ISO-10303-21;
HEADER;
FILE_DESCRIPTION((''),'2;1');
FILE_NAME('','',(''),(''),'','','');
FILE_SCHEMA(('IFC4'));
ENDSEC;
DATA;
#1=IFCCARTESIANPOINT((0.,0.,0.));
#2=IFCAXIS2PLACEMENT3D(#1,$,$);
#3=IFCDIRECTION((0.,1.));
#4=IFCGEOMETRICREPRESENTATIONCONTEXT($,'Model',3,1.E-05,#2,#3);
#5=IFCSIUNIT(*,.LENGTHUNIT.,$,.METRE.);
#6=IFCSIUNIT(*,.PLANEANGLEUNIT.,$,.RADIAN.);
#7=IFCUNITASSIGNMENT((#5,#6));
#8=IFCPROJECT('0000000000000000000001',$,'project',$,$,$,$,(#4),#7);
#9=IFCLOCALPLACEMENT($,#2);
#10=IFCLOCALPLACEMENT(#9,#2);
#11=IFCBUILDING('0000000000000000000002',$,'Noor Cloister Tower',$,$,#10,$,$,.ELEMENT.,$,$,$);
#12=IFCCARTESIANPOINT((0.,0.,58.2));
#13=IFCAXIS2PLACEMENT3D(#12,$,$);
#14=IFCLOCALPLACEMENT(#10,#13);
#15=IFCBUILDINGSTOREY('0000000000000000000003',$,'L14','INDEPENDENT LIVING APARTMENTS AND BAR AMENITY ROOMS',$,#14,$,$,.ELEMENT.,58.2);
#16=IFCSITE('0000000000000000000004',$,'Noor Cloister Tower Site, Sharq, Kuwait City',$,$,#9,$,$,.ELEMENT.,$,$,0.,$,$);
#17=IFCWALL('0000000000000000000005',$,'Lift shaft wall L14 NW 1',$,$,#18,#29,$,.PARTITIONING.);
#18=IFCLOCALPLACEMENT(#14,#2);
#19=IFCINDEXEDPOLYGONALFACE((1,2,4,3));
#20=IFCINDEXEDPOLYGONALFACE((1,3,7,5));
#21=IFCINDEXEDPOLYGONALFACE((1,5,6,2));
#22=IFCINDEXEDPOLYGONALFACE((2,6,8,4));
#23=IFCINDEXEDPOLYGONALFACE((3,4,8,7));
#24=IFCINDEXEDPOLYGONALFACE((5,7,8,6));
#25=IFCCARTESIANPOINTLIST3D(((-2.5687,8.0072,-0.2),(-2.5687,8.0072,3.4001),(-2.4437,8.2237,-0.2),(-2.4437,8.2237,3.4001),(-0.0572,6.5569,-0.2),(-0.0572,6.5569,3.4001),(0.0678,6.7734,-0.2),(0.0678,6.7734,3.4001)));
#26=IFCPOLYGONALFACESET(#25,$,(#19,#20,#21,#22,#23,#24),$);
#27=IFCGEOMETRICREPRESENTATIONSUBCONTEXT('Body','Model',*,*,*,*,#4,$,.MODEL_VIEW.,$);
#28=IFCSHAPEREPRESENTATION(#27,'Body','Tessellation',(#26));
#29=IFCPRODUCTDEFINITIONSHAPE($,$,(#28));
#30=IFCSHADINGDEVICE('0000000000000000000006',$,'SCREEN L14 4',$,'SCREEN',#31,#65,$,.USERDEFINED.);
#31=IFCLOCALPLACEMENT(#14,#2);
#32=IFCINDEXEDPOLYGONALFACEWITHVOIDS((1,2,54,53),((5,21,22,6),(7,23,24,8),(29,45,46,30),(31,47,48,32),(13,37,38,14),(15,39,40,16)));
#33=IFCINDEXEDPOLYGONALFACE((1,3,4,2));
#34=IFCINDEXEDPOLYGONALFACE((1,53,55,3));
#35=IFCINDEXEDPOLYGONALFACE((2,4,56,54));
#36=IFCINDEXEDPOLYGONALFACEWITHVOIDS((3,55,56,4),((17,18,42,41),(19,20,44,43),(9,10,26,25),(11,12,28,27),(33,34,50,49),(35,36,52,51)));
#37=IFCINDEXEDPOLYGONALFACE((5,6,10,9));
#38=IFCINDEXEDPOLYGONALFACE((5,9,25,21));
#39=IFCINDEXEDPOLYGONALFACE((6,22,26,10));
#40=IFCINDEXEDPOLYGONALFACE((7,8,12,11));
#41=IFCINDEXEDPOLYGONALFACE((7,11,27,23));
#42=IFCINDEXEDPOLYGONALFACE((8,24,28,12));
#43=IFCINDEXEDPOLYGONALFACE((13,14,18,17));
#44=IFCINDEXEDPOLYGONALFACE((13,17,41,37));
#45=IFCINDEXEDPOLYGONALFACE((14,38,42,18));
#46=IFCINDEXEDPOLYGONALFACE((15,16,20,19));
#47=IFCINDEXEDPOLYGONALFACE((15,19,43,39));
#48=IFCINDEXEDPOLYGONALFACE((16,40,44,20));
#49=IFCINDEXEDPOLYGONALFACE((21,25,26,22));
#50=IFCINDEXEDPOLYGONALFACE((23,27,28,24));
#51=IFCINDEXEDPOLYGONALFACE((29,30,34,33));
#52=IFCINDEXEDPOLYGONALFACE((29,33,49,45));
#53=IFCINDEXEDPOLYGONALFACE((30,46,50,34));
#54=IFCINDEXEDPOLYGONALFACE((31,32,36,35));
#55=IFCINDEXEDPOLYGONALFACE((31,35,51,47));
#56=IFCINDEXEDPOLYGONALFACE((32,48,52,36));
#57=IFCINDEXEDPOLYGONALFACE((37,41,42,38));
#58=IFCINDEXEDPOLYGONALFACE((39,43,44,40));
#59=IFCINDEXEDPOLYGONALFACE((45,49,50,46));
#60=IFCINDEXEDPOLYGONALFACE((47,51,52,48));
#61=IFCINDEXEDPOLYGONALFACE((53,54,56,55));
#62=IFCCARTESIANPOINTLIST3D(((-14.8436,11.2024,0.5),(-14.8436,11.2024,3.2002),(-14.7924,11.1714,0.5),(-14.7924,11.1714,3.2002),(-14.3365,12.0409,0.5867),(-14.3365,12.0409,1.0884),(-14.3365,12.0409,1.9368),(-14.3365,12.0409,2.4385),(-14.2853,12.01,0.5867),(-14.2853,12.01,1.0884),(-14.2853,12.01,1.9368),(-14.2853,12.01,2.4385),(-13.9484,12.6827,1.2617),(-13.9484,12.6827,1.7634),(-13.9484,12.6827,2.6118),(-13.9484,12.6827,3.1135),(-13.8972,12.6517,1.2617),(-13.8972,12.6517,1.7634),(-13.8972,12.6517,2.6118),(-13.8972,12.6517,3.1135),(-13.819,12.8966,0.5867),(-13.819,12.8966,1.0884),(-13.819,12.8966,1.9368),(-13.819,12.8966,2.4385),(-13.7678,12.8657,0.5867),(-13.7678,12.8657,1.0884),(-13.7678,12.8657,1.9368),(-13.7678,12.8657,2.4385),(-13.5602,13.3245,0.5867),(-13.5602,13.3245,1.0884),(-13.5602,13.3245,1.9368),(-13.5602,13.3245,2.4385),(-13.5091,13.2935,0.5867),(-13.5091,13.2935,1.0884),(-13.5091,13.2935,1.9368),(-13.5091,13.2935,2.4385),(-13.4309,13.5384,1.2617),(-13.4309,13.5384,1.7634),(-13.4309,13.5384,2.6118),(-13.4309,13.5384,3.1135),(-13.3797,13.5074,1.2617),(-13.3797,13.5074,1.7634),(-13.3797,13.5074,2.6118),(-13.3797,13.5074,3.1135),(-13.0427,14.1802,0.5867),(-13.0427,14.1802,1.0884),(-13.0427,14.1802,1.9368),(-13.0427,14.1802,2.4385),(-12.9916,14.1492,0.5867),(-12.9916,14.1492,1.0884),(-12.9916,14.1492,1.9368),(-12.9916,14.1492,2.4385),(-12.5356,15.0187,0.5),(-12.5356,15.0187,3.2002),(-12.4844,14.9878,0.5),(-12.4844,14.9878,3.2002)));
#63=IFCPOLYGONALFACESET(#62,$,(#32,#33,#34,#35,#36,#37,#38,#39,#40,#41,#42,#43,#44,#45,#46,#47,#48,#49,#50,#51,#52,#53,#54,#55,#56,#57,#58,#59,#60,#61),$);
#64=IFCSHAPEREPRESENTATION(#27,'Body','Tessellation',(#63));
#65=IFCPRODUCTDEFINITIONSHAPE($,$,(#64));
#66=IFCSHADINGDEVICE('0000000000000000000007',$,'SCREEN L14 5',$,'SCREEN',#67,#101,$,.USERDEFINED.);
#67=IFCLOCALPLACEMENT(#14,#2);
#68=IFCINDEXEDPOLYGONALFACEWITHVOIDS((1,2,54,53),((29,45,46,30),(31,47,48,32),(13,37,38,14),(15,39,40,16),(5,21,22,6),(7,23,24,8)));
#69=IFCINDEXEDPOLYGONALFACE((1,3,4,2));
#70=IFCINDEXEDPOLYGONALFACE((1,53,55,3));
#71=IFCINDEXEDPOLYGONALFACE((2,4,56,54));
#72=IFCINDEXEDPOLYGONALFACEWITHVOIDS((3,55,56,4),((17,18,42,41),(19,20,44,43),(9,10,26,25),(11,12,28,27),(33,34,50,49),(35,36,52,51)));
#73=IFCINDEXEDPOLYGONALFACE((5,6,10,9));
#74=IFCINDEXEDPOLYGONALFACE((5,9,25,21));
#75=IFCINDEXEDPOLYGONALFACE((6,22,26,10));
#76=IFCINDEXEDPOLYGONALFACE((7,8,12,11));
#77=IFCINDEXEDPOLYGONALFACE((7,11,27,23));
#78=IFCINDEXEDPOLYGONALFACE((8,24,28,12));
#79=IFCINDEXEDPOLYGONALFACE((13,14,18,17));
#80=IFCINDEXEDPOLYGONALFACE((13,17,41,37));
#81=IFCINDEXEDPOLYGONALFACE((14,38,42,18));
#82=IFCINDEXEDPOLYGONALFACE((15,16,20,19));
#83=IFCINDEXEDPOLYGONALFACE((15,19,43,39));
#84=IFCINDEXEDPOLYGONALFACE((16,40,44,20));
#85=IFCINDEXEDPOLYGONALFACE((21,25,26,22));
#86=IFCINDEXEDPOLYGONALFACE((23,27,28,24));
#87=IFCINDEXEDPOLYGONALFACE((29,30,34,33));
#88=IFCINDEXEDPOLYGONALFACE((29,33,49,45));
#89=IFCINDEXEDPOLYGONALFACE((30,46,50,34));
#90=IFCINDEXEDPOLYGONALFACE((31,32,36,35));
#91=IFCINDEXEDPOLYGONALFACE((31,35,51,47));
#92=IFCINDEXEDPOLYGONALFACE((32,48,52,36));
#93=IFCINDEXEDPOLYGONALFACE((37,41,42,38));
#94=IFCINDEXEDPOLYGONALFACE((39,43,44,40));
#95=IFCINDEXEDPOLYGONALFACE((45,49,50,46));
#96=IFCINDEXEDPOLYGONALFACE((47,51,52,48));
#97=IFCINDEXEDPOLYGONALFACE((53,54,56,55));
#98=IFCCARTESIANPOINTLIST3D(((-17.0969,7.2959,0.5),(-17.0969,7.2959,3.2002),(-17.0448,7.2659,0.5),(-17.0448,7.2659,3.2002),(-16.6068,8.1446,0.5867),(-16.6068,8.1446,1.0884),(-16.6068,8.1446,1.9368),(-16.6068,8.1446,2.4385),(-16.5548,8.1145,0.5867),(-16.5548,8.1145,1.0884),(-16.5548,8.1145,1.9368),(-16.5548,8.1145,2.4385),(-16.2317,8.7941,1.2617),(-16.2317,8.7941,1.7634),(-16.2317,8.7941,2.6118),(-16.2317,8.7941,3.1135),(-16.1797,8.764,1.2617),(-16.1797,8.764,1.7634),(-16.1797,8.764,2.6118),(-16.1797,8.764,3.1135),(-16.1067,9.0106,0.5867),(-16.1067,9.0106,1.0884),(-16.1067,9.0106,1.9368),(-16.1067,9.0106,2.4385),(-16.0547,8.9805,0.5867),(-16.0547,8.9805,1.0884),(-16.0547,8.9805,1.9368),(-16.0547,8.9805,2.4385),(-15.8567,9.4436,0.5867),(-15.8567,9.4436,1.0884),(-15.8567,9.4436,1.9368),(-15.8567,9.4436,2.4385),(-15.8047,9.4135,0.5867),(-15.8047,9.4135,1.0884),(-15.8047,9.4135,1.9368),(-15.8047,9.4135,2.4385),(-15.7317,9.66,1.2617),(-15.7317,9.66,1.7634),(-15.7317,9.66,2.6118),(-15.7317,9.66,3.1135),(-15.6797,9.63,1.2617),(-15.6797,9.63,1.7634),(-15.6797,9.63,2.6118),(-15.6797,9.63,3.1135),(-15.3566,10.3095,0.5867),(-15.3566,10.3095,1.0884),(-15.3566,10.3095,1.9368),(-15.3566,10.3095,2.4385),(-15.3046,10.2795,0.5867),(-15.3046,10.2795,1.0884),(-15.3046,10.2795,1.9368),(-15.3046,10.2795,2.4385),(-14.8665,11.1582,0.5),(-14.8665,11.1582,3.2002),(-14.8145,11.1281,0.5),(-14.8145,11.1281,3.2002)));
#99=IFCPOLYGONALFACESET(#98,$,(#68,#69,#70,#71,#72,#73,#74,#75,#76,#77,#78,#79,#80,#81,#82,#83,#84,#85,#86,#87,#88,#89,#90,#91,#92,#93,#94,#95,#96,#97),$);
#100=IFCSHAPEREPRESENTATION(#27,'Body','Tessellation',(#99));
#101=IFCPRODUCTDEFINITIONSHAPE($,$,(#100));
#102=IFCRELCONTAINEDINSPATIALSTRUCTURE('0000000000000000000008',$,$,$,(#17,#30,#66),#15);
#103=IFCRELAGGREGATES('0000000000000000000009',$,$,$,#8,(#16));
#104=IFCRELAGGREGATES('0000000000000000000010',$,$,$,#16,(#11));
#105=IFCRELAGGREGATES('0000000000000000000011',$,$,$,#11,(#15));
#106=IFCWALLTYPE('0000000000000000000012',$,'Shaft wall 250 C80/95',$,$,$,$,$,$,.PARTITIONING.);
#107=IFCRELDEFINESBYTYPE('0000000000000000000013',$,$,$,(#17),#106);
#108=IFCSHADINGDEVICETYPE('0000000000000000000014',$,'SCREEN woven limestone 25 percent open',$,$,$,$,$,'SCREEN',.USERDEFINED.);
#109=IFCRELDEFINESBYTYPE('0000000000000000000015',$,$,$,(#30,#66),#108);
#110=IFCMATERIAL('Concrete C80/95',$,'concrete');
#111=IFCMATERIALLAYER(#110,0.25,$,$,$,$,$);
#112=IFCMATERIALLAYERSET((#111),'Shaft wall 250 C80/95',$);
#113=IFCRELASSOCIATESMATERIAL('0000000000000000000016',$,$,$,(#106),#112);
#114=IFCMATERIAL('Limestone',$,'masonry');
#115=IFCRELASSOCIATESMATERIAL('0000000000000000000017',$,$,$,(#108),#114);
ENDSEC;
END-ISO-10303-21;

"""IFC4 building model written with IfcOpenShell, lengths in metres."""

from ifc_helpers import new_model, si_unit, direction, frame, frame_2d, origin, place, context, subcontext, project, spatial, polyline, rectangle, outline, extrude, material, layer, layer_set, material_profile, profile_set, type_object, element, save


model = new_model("IFC4")

# Units and contexts
model_context = context("Model", 3, precision=1e-05, world=origin(), true_north=direction((0.0, 1.0)))
body_context = subcontext(model_context, "Body", "Model", "MODEL_VIEW")
ifc_project = project(units=[si_unit("LENGTHUNIT", "METRE"), si_unit("PLANEANGLEUNIT", "RADIAN")], contexts=[model_context])

# Site, building, storey
site_placement = place(None, origin())
site = spatial("IfcSite", under=ifc_project, at=site_placement, Name="Noor Cloister Tower Site, Sharq, Kuwait City", CompositionType="ELEMENT", RefElevation=0.0)
building_placement = place(site_placement, origin())
building = spatial("IfcBuilding", under=site, at=building_placement, Name="Noor Cloister Tower", CompositionType="ELEMENT")
storey_placement = place(building_placement, frame((0.0, 0.0, 58.2)))
storey = spatial("IfcBuildingStorey", under=building, at=storey_placement, Name="L14", Description="INDEPENDENT LIVING APARTMENTS AND BAR AMENITY ROOMS", CompositionType="ELEMENT", Elevation=58.2)

# Wall
ifc_material_1 = material(Name="Concrete C80/95", Category="concrete")
ifc_layer_1 = layer(ifc_material_1, 0.25)
ifc_layer_set_1 = layer_set([ifc_layer_1], Name="Shaft wall 250 C80/95")
wall_type_1 = type_object("IfcWallType", Name="Shaft wall 250 C80/95", PredefinedType="PARTITIONING", material=ifc_layer_set_1)
wall_1_placement = place(storey_placement, frame((-2.5063, 8.1155, -0.2), z_axis=(0.0, 0.0, 1.0), x_axis=(0.865996, -0.50005, 0.0)))
element("IfcWall", 1, at=wall_1_placement, inside=storey, type_object=wall_type_1, Name="Lift shaft wall L14 NW 1", PredefinedType="PARTITIONING", context=body_context, shape_type="SweptSolid", body=[
    extrude(rectangle(XDim=2.9001, YDim=0.25, at=frame_2d((1.4502, 0.0))), origin(), (0.0, 0.0, 1.0), 3.6001),
])

# Shading devices
ifc_material_2 = material(Name="Limestone", Category="masonry")
ifc_material_profile_1 = material_profile(ifc_material_2, outline(polyline([(-2.23, -1.3501), (2.23, -1.3501), (2.23, 1.3501), (-2.23, 1.3501), (-2.23, -1.3501)]), holes=[polyline([(-1.25, -1.2634), (-0.25, -1.2634), (-0.25, -0.7617), (-1.25, -0.7617), (-1.25, -1.2634)]), polyline([(0.25, -1.2634), (1.25, -1.2634), (1.25, -0.7617), (0.25, -0.7617), (0.25, -1.2634)]), polyline([(-0.5, -0.5884), (0.5, -0.5884), (0.5, -0.0867), (-0.5, -0.0867), (-0.5, -0.5884)]), polyline([(-1.25, 0.0867), (-0.25, 0.0867), (-0.25, 0.5884), (-1.25, 0.5884), (-1.25, 0.0867)]), polyline([(0.25, 0.0867), (1.25, 0.0867), (1.25, 0.5884), (0.25, 0.5884), (0.25, 0.0867)]), polyline([(-0.5, 0.7617), (0.5, 0.7617), (0.5, 1.2634), (-0.5, 1.2634), (-0.5, 0.7617)])]), Name="Woven screen 25 percent open")
ifc_profile_set_1 = profile_set([ifc_material_profile_1], Name="Limestone")
shading_device_type = type_object("IfcShadingDeviceType", Name="SCREEN woven limestone 25 percent open", ElementType="SCREEN", PredefinedType="USERDEFINED", material=ifc_profile_set_1)
shading_device_1_placement = place(storey_placement, frame((-13.6384, 13.0796, 1.8501), z_axis=(-0.85569, 0.517489, 0.0), x_axis=(-0.517489, -0.85569, 0.0)))
element("IfcShadingDevice", 2, at=shading_device_1_placement, inside=storey, type_object=shading_device_type, Name="SCREEN L14 4", ObjectType="SCREEN", PredefinedType="USERDEFINED", context=body_context, shape_type="SweptSolid", body=[
    extrude(outline(polyline([(-2.23, -1.3501), (2.23, -1.3501), (2.23, 1.3501), (-2.23, 1.3501), (-2.23, -1.3501)]), holes=[polyline([(-1.25, -1.2634), (-0.25, -1.2634), (-0.25, -0.7617), (-1.25, -0.7617), (-1.25, -1.2634)]), polyline([(0.25, -1.2634), (1.25, -1.2634), (1.25, -0.7617), (0.25, -0.7617), (0.25, -1.2634)]), polyline([(-0.5, -0.5884), (0.5, -0.5884), (0.5, -0.0867), (-0.5, -0.0867), (-0.5, -0.5884)]), polyline([(-1.25, 0.0867), (-0.25, 0.0867), (-0.25, 0.5884), (-1.25, 0.5884), (-1.25, 0.0867)]), polyline([(0.25, 0.0867), (1.25, 0.0867), (1.25, 0.5884), (0.25, 0.5884), (0.25, 0.0867)]), polyline([(-0.5, 0.7617), (0.5, 0.7617), (0.5, 1.2634), (-0.5, 1.2634), (-0.5, 0.7617)])]), origin(), (0.0, 0.0, 1.0), 0.0598),
])
shading_device_2_placement = place(storey_placement, frame((-15.9297, 9.197, 1.8501), z_axis=(-0.865982, 0.500074, 0.0), x_axis=(-0.500074, -0.865982, 0.0)))
element("IfcShadingDevice", 3, at=shading_device_2_placement, inside=storey, type_object=shading_device_type, Name="SCREEN L14 5", ObjectType="SCREEN", PredefinedType="USERDEFINED", context=body_context, shape_type="SweptSolid", body=[
    extrude(outline(polyline([(-2.23, -1.3501), (2.23, -1.3501), (2.23, 1.3501), (-2.23, 1.3501), (-2.23, -1.3501)]), holes=[polyline([(-1.25, -1.2634), (-0.25, -1.2634), (-0.25, -0.7617), (-1.25, -0.7617), (-1.25, -1.2634)]), polyline([(0.25, -1.2634), (1.25, -1.2634), (1.25, -0.7617), (0.25, -0.7617), (0.25, -1.2634)]), polyline([(-0.5, -0.5884), (0.5, -0.5884), (0.5, -0.0867), (-0.5, -0.0867), (-0.5, -0.5884)]), polyline([(-1.25, 0.0867), (-0.25, 0.0867), (-0.25, 0.5884), (-1.25, 0.5884), (-1.25, 0.0867)]), polyline([(0.25, 0.0867), (1.25, 0.0867), (1.25, 0.5884), (0.25, 0.5884), (0.25, 0.0867)]), polyline([(-0.5, 0.7617), (0.5, 0.7617), (0.5, 1.2634), (-0.5, 1.2634), (-0.5, 0.7617)])]), origin(), (0.0, 0.0, 1.0), 0.0601),
])

save(model, "model.ifc")
